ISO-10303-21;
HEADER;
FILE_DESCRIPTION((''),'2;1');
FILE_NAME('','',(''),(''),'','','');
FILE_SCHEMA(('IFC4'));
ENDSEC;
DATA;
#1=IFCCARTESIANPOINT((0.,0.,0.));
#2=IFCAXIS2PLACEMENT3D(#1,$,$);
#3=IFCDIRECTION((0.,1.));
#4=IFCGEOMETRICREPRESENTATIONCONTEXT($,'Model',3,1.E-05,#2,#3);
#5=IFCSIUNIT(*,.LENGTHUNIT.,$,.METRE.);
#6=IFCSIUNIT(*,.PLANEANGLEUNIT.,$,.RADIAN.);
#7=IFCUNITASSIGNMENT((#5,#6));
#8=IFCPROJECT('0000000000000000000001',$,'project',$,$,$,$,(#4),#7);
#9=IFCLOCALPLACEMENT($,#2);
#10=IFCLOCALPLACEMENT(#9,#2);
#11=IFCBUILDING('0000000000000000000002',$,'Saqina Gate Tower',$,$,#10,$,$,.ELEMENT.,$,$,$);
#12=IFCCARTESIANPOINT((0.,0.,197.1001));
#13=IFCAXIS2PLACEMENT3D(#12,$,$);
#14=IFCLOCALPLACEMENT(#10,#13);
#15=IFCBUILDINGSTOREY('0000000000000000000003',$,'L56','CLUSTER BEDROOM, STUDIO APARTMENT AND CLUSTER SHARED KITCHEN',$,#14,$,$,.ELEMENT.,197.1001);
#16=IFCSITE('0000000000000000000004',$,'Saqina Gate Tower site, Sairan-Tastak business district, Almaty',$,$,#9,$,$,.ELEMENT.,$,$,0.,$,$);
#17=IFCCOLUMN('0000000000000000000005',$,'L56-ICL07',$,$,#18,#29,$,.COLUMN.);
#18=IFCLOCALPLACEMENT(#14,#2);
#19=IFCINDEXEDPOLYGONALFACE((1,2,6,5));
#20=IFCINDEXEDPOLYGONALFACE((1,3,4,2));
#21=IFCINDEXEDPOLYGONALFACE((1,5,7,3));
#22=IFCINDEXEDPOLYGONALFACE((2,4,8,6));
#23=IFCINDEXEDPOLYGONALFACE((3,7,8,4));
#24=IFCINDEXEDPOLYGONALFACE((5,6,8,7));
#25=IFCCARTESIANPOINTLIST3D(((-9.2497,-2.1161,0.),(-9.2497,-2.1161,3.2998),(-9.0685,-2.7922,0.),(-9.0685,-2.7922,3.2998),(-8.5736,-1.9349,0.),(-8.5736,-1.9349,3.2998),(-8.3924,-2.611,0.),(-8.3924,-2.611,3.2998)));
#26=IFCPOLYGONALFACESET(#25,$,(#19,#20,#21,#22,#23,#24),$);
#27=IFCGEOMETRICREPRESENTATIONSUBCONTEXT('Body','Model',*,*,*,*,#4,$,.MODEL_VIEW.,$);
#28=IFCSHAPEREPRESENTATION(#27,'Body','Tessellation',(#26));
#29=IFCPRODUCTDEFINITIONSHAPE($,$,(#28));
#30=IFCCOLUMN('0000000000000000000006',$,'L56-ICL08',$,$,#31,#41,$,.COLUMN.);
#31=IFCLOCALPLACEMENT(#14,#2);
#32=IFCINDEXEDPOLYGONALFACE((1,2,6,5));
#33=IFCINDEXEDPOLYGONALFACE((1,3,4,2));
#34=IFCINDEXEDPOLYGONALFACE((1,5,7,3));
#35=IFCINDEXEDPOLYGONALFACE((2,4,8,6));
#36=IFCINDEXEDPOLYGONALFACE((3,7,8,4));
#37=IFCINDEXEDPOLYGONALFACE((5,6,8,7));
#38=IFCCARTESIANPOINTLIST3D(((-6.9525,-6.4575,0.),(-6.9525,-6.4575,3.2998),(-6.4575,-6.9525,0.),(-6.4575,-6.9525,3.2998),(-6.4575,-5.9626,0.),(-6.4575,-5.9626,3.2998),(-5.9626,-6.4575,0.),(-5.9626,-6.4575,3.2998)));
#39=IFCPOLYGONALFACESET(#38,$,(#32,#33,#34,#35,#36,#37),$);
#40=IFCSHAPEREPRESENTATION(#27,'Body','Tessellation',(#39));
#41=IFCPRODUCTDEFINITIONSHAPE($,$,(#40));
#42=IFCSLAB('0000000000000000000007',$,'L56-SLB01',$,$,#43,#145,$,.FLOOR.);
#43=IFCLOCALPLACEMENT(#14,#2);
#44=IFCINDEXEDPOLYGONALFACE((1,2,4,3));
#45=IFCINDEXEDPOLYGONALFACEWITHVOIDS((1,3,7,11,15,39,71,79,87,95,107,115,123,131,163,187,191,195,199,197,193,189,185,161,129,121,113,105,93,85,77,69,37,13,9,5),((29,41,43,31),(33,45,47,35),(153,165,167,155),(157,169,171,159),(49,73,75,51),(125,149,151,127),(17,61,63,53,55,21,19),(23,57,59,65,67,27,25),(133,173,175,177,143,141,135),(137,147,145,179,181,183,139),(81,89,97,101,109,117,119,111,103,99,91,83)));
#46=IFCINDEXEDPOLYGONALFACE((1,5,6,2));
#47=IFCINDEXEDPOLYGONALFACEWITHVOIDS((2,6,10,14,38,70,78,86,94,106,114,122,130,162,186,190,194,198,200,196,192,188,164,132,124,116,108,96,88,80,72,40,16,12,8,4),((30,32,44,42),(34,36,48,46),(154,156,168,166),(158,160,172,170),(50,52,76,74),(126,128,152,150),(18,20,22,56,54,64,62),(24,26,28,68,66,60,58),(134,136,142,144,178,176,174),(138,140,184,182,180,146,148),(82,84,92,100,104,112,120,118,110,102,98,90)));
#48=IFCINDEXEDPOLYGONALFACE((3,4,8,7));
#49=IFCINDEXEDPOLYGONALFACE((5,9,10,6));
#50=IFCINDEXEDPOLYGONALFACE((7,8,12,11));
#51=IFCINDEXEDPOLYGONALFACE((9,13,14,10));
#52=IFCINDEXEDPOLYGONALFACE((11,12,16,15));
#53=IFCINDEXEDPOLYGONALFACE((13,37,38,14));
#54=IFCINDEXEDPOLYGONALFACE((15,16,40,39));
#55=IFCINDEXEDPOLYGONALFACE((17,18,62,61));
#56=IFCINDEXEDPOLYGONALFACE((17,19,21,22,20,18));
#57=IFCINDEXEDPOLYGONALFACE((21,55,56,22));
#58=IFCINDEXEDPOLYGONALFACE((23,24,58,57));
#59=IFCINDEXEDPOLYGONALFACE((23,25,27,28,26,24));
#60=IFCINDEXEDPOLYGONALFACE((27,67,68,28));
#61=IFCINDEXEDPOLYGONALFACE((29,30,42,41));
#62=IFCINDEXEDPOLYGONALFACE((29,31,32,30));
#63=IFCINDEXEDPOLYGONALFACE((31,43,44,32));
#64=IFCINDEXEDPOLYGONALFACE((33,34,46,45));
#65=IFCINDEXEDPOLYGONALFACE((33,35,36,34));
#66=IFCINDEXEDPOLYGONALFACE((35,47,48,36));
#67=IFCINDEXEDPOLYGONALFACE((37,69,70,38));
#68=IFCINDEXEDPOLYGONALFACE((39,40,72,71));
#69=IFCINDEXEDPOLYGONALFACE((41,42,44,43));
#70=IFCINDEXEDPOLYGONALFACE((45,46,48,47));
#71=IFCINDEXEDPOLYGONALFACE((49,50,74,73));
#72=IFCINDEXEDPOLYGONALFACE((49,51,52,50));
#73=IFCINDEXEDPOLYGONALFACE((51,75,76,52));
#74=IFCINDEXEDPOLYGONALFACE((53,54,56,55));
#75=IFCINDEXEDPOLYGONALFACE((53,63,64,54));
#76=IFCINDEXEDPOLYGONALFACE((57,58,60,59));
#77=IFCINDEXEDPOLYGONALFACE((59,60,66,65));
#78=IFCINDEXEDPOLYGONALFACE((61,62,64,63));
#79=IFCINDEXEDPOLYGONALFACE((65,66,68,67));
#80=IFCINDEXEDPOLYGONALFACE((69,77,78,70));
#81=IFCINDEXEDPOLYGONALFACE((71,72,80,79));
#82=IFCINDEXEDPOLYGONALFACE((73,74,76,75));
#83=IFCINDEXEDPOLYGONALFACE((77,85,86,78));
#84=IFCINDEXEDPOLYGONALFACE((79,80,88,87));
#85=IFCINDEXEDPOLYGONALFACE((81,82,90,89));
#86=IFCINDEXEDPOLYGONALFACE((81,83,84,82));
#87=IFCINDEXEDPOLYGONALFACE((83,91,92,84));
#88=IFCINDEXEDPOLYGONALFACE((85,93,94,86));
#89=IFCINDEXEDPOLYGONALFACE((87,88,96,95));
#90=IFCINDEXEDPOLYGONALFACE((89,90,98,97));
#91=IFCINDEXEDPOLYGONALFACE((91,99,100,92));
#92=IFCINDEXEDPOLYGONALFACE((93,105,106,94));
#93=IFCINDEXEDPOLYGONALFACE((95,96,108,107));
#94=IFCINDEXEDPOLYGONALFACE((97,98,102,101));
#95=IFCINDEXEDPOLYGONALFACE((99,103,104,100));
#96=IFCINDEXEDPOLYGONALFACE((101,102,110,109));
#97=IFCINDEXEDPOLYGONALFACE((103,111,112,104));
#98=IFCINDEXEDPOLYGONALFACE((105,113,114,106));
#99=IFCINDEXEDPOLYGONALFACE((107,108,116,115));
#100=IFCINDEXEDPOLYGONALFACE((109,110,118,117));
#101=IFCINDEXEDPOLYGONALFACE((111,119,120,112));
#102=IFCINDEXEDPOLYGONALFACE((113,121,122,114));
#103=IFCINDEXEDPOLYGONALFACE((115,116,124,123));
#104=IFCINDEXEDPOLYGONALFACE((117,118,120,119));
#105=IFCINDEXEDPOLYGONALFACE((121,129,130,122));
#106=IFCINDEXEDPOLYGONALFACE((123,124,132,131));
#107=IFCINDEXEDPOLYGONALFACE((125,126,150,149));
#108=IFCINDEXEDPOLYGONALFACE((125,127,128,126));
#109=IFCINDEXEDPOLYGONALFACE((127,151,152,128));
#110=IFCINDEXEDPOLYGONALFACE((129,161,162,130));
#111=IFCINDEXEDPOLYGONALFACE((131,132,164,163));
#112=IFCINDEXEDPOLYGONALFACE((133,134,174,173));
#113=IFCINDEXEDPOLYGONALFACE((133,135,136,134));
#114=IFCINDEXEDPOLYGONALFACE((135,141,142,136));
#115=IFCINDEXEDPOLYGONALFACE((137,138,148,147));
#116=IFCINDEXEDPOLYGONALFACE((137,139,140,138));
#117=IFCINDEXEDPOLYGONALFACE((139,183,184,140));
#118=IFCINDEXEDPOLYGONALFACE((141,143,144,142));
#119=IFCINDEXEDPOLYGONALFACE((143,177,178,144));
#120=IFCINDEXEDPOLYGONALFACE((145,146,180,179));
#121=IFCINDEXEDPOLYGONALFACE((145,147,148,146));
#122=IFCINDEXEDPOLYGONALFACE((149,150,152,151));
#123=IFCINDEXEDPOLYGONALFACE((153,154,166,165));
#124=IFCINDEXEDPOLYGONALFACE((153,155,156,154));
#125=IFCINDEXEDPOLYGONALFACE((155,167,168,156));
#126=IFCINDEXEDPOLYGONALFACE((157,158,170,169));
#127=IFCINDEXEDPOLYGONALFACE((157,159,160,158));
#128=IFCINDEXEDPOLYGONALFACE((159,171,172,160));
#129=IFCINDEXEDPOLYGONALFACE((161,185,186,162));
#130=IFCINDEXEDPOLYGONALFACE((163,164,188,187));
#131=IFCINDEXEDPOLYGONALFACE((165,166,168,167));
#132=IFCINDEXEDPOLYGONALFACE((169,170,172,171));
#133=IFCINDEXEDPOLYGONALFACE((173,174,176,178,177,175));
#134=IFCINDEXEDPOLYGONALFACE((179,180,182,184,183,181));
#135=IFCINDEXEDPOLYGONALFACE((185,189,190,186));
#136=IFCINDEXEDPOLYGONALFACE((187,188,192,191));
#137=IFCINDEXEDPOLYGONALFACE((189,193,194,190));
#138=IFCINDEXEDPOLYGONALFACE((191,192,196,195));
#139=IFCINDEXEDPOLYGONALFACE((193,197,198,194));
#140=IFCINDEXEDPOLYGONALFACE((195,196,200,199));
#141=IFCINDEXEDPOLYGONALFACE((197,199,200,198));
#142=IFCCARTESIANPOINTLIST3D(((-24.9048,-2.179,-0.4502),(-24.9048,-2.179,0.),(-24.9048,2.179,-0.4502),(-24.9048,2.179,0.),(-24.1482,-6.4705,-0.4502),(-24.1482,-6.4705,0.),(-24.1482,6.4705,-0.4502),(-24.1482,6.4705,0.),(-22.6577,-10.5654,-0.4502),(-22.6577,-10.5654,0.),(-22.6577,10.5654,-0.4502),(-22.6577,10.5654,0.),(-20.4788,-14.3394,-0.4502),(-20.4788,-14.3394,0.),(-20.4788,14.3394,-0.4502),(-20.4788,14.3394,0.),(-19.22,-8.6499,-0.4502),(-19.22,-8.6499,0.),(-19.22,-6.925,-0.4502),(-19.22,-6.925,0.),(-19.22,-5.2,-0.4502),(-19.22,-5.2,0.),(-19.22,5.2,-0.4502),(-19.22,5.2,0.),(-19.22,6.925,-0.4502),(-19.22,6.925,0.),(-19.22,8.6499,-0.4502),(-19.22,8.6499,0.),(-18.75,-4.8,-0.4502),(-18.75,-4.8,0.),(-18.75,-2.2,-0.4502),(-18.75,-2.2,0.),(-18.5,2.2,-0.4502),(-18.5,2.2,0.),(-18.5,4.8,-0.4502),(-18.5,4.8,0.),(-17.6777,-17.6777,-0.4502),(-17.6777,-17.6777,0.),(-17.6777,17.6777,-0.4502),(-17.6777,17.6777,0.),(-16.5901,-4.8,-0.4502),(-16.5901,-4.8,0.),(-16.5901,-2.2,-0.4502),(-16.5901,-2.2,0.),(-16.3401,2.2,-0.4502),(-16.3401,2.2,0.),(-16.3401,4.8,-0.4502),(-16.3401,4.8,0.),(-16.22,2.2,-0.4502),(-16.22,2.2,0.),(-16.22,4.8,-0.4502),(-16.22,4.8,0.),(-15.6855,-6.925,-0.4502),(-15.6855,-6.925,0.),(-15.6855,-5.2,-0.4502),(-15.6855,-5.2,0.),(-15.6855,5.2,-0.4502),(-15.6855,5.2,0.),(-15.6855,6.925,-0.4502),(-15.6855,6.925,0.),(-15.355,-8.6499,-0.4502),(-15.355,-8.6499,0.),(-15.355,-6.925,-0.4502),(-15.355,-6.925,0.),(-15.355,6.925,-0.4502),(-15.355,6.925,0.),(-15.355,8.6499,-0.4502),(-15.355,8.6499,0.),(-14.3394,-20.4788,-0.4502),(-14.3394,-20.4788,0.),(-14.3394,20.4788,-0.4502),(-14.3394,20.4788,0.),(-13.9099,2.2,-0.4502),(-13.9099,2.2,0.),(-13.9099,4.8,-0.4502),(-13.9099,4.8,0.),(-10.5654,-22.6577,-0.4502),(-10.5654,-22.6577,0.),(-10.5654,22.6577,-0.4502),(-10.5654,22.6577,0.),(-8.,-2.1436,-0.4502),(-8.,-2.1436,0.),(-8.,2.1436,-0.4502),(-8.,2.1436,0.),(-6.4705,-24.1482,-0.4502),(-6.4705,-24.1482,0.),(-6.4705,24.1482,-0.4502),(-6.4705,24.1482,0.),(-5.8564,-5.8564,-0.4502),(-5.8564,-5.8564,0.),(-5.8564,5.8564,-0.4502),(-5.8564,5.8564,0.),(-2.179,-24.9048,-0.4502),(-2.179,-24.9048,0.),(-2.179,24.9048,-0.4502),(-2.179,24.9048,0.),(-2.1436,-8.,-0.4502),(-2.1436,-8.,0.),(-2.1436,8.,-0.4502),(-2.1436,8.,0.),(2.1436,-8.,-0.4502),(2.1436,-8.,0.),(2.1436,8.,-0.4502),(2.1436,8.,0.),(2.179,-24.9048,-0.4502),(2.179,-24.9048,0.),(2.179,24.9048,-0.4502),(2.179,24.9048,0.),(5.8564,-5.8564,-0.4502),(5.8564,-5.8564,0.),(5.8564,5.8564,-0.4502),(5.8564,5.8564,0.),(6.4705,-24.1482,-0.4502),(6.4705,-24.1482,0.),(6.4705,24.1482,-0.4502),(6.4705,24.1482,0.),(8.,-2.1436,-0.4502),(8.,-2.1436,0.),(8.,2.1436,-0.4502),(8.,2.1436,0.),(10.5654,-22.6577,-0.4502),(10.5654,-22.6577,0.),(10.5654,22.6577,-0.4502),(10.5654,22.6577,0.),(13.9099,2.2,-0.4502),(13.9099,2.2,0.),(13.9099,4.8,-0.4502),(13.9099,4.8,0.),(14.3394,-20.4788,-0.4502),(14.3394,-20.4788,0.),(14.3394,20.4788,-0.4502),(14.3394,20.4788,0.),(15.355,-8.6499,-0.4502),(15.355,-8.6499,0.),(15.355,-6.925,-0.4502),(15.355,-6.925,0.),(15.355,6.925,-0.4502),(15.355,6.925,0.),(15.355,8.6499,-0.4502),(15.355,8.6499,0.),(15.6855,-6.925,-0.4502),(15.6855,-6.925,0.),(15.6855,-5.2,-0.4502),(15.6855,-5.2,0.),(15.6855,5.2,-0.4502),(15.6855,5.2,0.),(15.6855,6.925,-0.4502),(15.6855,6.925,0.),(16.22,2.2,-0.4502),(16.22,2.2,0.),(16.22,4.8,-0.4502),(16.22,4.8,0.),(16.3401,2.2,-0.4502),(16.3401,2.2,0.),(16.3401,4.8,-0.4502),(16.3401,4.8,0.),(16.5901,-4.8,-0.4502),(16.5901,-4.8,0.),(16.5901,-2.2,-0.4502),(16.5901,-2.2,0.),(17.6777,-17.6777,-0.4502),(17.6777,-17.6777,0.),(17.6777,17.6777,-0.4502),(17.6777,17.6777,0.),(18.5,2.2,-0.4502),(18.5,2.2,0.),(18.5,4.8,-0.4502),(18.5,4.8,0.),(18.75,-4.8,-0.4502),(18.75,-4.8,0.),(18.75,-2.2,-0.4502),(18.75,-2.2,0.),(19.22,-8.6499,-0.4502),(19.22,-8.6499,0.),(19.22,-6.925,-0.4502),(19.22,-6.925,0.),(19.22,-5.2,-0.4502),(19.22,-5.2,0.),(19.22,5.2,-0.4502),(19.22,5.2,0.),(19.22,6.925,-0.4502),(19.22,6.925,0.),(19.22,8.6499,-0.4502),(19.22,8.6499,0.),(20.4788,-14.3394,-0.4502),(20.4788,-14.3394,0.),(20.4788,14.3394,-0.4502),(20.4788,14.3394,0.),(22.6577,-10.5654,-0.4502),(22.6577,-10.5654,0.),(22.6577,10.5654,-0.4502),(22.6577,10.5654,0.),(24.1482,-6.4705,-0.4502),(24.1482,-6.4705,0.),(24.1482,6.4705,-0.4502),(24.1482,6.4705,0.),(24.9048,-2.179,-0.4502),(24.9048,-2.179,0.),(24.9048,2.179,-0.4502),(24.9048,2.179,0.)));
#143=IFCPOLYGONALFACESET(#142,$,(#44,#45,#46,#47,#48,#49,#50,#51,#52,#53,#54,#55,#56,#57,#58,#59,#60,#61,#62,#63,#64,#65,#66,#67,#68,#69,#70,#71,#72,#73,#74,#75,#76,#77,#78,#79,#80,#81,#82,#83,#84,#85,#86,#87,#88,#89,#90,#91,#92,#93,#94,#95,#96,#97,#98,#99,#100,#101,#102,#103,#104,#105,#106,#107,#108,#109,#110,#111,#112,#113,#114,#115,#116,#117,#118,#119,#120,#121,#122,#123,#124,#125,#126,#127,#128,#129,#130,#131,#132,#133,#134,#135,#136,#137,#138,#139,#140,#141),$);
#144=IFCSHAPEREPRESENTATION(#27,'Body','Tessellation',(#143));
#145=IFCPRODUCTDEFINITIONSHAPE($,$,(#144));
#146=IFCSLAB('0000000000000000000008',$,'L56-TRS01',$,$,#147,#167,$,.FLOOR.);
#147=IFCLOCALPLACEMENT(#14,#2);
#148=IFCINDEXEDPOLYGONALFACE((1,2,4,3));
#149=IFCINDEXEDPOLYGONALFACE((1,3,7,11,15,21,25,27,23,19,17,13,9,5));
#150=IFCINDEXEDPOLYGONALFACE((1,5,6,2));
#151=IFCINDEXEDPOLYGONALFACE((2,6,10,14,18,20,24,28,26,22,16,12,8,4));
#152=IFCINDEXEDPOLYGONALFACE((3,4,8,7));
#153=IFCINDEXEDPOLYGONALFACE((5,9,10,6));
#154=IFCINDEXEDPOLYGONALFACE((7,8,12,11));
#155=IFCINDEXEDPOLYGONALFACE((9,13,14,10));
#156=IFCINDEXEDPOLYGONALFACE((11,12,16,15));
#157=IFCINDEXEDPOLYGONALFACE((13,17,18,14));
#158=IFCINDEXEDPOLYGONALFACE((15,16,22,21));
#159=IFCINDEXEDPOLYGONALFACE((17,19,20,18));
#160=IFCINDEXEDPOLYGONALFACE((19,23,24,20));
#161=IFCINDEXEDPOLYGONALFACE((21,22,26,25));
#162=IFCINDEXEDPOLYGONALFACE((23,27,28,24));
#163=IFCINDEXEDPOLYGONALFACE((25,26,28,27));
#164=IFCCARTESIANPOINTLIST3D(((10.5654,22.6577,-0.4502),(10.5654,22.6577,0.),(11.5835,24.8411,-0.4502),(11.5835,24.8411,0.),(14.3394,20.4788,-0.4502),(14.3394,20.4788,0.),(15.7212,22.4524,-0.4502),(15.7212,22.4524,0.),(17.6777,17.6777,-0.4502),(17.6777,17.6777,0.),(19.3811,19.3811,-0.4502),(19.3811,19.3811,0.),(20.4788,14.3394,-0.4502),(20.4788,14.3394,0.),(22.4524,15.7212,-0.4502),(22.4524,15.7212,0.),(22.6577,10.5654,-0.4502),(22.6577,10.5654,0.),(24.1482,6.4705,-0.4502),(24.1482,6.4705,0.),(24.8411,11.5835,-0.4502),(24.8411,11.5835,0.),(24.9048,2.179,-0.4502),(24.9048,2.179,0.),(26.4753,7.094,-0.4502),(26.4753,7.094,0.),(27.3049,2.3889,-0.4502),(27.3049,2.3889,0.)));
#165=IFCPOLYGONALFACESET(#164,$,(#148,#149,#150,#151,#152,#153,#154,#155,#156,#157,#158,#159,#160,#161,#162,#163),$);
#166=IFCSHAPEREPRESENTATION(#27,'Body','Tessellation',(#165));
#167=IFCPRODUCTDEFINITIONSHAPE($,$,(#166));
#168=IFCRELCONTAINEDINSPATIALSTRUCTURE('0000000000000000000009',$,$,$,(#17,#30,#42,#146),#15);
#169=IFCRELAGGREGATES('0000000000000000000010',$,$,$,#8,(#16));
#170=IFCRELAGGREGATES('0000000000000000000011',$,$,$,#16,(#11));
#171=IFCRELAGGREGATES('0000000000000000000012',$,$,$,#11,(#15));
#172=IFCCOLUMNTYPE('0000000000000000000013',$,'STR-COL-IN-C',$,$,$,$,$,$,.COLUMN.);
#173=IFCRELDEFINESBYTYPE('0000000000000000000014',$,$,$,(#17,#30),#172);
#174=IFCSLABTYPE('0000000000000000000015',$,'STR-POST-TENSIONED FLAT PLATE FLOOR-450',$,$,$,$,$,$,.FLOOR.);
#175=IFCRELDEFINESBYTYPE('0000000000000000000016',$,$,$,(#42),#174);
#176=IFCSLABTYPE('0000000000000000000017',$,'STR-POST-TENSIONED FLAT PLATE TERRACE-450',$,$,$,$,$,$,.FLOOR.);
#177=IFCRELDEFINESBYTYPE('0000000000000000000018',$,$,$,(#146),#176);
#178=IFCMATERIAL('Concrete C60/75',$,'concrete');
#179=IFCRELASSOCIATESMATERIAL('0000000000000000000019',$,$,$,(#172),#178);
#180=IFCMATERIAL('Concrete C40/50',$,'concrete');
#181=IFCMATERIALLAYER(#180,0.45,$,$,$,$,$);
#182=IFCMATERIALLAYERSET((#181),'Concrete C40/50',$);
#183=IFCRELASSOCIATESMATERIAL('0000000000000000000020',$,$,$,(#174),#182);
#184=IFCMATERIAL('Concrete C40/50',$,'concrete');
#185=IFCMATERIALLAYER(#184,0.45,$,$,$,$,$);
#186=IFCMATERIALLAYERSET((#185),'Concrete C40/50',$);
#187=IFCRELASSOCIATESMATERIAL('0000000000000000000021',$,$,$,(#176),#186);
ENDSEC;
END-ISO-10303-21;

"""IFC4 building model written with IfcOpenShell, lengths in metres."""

from ifc_helpers import new_model, si_unit, direction, frame, origin, origin_2d, place, context, subcontext, project, spatial, polyline, rectangle, outline, extrude, material, layer, layer_set, material_profile, profile_set, type_object, element, save


model = new_model("IFC4")

# Units and contexts
model_context = context("Model", 3, precision=1e-05, world=origin(), true_north=direction((0.0, 1.0)))
body_context = subcontext(model_context, "Body", "Model", "MODEL_VIEW")
ifc_project = project(units=[si_unit("LENGTHUNIT", "METRE"), si_unit("PLANEANGLEUNIT", "RADIAN")], contexts=[model_context])

# Site, building, storey
site_placement = place(None, origin())
site = spatial("IfcSite", under=ifc_project, at=site_placement, Name="Saqina Gate Tower site, Sairan-Tastak business district, Almaty", CompositionType="ELEMENT", RefElevation=0.0)
building_placement = place(site_placement, origin())
building = spatial("IfcBuilding", under=site, at=building_placement, Name="Saqina Gate Tower", CompositionType="ELEMENT")
storey_placement = place(building_placement, frame((0.0, 0.0, 197.1001)))
storey = spatial("IfcBuildingStorey", under=building, at=storey_placement, Name="L56", Description="CLUSTER BEDROOM, STUDIO APARTMENT AND CLUSTER SHARED KITCHEN", CompositionType="ELEMENT", Elevation=197.1001)

# Columns
ifc_material_1 = material(Name="Concrete C60/75", Category="concrete")
ifc_material_profile = material_profile(ifc_material_1, rectangle(XDim=0.7, YDim=0.7, at=origin_2d()), Name="RC 700x700")
ifc_profile_set = profile_set([ifc_material_profile], Name="Concrete C60/75")
column_type = type_object("IfcColumnType", Name="STR-COL-IN-C", PredefinedType="COLUMN", material=ifc_profile_set)
for number, where, z_axis, x_axis, name in (
    (1, (-8.821, -2.3635, 0.0), (0.0, 0.0, 1.0), (-0.965926, -0.258819, 0.0), "L56-ICL07"),
    (2, (-6.4575, -6.4575, 0.0), (0.0, 0.0, 1.0), (-0.707107, -0.707107, 0.0), "L56-ICL08"),
):
    element("IfcColumn", number, at=place(storey_placement, frame(where, z_axis=z_axis, x_axis=x_axis)), inside=storey, type_object=column_type, Name=name, PredefinedType="COLUMN", context=body_context, shape_type="SweptSolid", body=[
        extrude(rectangle(XDim=0.7, YDim=0.7, at=origin_2d()), origin(), (0.0, 0.0, 1.0), 3.2998),
    ])

# Slabs
ifc_material_2 = material(Name="Concrete C40/50", Category="concrete")
ifc_layer_1 = layer(ifc_material_2, 0.45)
ifc_layer_set_1 = layer_set([ifc_layer_1], Name="Concrete C40/50")
slab_type_1 = type_object("IfcSlabType", Name="STR-POST-TENSIONED FLAT PLATE FLOOR-450", PredefinedType="FLOOR", material=ifc_layer_set_1)
slab_1_placement = place(storey_placement, frame((0.0, 0.0, -0.4502)))
element("IfcSlab", 3, at=slab_1_placement, inside=storey, type_object=slab_type_1, Name="L56-SLB01", PredefinedType="FLOOR", context=body_context, shape_type="SweptSolid", body=[
    extrude(outline(polyline([(24.1482, -6.4705), (24.9048, -2.179), (24.9048, 2.179), (24.1482, 6.4705), (22.6577, 10.5654), (20.4788, 14.3394), (17.6777, 17.6777), (14.3394, 20.4788), (10.5654, 22.6577), (6.4705, 24.1482), (2.179, 24.9048), (-2.179, 24.9048), (-6.4705, 24.1482), (-10.5654, 22.6577), (-14.3394, 20.4788), (-17.6777, 17.6777), (-20.4788, 14.3394), (-22.6577, 10.5654), (-24.1482, 6.4705), (-24.9048, 2.179), (-24.9048, -2.179), (-24.1482, -6.4705), (-22.6577, -10.5654), (-20.4788, -14.3394), (-17.6777, -17.6777), (-14.3394, -20.4788), (-10.5654, -22.6577), (-6.4705, -24.1482), (-2.179, -24.9048), (2.179, -24.9048), (6.4705, -24.1482), (10.5654, -22.6577), (14.3394, -20.4788), (17.6777, -17.6777), (20.4788, -14.3394), (22.6577, -10.5654), (24.1482, -6.4705)]), holes=[polyline([(2.1436, 8.0), (5.8564, 5.8564), (8.0, 2.1436), (8.0, -2.1436), (5.8564, -5.8564), (2.1436, -8.0), (-2.1436, -8.0), (-5.8564, -5.8564), (-8.0, -2.1436), (-8.0, 2.1436), (-5.8564, 5.8564), (-2.1436, 8.0), (2.1436, 8.0)]), polyline([(-15.355, -8.6499), (-19.22, -8.6499), (-19.22, -6.925), (-19.22, -5.2), (-15.6855, -5.2), (-15.6855, -6.925), (-15.355, -6.925), (-15.355, -8.6499)]), polyline([(-16.5901, -2.2), (-16.5901, -4.8), (-18.75, -4.8), (-18.75, -2.2), (-16.5901, -2.2)]), polyline([(-16.3401, 4.8), (-16.3401, 2.2), (-18.5, 2.2), (-18.5, 4.8), (-16.3401, 4.8)]), polyline([(-13.9099, 4.8), (-13.9099, 2.2), (-16.22, 2.2), (-16.22, 4.8), (-13.9099, 4.8)]), polyline([(-19.22, 6.925), (-19.22, 8.6499), (-15.355, 8.6499), (-15.355, 6.925), (-15.6855, 6.925), (-15.6855, 5.2), (-19.22, 5.2), (-19.22, 6.925)]), polyline([(15.355, -8.6499), (15.355, -6.925), (15.6855, -6.925), (15.6855, -5.2), (19.22, -5.2), (19.22, -6.925), (19.22, -8.6499), (15.355, -8.6499)]), polyline([(18.75, -2.2), (18.75, -4.8), (16.5901, -4.8), (16.5901, -2.2), (18.75, -2.2)]), polyline([(16.22, 4.8), (16.22, 2.2), (13.9099, 2.2), (13.9099, 4.8), (16.22, 4.8)]), polyline([(18.5, 4.8), (18.5, 2.2), (16.3401, 2.2), (16.3401, 4.8), (18.5, 4.8)]), polyline([(15.6855, 6.925), (15.355, 6.925), (15.355, 8.6499), (19.22, 8.6499), (19.22, 6.925), (19.22, 5.2), (15.6855, 5.2), (15.6855, 6.925)])]), origin(), (0.0, 0.0, 1.0), 0.4502),
])
ifc_material_3 = material(Name="Concrete C40/50", Category="concrete")
ifc_layer_2 = layer(ifc_material_3, 0.45)
ifc_layer_set_2 = layer_set([ifc_layer_2], Name="Concrete C40/50")
slab_type_2 = type_object("IfcSlabType", Name="STR-POST-TENSIONED FLAT PLATE TERRACE-450", PredefinedType="FLOOR", material=ifc_layer_set_2)
slab_2_placement = place(storey_placement, frame((0.0, 0.0, -0.4502)))
element("IfcSlab", 4, at=slab_2_placement, inside=storey, type_object=slab_type_2, Name="L56-TRS01", PredefinedType="FLOOR", context=body_context, shape_type="SweptSolid", body=[
    extrude(outline(polyline([(24.9048, 2.179), (24.1482, 6.4705), (22.6577, 10.5654), (20.4788, 14.3394), (17.6777, 17.6777), (14.3394, 20.4788), (10.5654, 22.6577), (11.5835, 24.8411), (15.7212, 22.4524), (19.3811, 19.3811), (22.4524, 15.7212), (24.8411, 11.5835), (26.4753, 7.094), (27.3049, 2.3889), (24.9048, 2.179)])), origin(), (0.0, 0.0, 1.0), 0.4502),
])

save(model, "model.ifc")
